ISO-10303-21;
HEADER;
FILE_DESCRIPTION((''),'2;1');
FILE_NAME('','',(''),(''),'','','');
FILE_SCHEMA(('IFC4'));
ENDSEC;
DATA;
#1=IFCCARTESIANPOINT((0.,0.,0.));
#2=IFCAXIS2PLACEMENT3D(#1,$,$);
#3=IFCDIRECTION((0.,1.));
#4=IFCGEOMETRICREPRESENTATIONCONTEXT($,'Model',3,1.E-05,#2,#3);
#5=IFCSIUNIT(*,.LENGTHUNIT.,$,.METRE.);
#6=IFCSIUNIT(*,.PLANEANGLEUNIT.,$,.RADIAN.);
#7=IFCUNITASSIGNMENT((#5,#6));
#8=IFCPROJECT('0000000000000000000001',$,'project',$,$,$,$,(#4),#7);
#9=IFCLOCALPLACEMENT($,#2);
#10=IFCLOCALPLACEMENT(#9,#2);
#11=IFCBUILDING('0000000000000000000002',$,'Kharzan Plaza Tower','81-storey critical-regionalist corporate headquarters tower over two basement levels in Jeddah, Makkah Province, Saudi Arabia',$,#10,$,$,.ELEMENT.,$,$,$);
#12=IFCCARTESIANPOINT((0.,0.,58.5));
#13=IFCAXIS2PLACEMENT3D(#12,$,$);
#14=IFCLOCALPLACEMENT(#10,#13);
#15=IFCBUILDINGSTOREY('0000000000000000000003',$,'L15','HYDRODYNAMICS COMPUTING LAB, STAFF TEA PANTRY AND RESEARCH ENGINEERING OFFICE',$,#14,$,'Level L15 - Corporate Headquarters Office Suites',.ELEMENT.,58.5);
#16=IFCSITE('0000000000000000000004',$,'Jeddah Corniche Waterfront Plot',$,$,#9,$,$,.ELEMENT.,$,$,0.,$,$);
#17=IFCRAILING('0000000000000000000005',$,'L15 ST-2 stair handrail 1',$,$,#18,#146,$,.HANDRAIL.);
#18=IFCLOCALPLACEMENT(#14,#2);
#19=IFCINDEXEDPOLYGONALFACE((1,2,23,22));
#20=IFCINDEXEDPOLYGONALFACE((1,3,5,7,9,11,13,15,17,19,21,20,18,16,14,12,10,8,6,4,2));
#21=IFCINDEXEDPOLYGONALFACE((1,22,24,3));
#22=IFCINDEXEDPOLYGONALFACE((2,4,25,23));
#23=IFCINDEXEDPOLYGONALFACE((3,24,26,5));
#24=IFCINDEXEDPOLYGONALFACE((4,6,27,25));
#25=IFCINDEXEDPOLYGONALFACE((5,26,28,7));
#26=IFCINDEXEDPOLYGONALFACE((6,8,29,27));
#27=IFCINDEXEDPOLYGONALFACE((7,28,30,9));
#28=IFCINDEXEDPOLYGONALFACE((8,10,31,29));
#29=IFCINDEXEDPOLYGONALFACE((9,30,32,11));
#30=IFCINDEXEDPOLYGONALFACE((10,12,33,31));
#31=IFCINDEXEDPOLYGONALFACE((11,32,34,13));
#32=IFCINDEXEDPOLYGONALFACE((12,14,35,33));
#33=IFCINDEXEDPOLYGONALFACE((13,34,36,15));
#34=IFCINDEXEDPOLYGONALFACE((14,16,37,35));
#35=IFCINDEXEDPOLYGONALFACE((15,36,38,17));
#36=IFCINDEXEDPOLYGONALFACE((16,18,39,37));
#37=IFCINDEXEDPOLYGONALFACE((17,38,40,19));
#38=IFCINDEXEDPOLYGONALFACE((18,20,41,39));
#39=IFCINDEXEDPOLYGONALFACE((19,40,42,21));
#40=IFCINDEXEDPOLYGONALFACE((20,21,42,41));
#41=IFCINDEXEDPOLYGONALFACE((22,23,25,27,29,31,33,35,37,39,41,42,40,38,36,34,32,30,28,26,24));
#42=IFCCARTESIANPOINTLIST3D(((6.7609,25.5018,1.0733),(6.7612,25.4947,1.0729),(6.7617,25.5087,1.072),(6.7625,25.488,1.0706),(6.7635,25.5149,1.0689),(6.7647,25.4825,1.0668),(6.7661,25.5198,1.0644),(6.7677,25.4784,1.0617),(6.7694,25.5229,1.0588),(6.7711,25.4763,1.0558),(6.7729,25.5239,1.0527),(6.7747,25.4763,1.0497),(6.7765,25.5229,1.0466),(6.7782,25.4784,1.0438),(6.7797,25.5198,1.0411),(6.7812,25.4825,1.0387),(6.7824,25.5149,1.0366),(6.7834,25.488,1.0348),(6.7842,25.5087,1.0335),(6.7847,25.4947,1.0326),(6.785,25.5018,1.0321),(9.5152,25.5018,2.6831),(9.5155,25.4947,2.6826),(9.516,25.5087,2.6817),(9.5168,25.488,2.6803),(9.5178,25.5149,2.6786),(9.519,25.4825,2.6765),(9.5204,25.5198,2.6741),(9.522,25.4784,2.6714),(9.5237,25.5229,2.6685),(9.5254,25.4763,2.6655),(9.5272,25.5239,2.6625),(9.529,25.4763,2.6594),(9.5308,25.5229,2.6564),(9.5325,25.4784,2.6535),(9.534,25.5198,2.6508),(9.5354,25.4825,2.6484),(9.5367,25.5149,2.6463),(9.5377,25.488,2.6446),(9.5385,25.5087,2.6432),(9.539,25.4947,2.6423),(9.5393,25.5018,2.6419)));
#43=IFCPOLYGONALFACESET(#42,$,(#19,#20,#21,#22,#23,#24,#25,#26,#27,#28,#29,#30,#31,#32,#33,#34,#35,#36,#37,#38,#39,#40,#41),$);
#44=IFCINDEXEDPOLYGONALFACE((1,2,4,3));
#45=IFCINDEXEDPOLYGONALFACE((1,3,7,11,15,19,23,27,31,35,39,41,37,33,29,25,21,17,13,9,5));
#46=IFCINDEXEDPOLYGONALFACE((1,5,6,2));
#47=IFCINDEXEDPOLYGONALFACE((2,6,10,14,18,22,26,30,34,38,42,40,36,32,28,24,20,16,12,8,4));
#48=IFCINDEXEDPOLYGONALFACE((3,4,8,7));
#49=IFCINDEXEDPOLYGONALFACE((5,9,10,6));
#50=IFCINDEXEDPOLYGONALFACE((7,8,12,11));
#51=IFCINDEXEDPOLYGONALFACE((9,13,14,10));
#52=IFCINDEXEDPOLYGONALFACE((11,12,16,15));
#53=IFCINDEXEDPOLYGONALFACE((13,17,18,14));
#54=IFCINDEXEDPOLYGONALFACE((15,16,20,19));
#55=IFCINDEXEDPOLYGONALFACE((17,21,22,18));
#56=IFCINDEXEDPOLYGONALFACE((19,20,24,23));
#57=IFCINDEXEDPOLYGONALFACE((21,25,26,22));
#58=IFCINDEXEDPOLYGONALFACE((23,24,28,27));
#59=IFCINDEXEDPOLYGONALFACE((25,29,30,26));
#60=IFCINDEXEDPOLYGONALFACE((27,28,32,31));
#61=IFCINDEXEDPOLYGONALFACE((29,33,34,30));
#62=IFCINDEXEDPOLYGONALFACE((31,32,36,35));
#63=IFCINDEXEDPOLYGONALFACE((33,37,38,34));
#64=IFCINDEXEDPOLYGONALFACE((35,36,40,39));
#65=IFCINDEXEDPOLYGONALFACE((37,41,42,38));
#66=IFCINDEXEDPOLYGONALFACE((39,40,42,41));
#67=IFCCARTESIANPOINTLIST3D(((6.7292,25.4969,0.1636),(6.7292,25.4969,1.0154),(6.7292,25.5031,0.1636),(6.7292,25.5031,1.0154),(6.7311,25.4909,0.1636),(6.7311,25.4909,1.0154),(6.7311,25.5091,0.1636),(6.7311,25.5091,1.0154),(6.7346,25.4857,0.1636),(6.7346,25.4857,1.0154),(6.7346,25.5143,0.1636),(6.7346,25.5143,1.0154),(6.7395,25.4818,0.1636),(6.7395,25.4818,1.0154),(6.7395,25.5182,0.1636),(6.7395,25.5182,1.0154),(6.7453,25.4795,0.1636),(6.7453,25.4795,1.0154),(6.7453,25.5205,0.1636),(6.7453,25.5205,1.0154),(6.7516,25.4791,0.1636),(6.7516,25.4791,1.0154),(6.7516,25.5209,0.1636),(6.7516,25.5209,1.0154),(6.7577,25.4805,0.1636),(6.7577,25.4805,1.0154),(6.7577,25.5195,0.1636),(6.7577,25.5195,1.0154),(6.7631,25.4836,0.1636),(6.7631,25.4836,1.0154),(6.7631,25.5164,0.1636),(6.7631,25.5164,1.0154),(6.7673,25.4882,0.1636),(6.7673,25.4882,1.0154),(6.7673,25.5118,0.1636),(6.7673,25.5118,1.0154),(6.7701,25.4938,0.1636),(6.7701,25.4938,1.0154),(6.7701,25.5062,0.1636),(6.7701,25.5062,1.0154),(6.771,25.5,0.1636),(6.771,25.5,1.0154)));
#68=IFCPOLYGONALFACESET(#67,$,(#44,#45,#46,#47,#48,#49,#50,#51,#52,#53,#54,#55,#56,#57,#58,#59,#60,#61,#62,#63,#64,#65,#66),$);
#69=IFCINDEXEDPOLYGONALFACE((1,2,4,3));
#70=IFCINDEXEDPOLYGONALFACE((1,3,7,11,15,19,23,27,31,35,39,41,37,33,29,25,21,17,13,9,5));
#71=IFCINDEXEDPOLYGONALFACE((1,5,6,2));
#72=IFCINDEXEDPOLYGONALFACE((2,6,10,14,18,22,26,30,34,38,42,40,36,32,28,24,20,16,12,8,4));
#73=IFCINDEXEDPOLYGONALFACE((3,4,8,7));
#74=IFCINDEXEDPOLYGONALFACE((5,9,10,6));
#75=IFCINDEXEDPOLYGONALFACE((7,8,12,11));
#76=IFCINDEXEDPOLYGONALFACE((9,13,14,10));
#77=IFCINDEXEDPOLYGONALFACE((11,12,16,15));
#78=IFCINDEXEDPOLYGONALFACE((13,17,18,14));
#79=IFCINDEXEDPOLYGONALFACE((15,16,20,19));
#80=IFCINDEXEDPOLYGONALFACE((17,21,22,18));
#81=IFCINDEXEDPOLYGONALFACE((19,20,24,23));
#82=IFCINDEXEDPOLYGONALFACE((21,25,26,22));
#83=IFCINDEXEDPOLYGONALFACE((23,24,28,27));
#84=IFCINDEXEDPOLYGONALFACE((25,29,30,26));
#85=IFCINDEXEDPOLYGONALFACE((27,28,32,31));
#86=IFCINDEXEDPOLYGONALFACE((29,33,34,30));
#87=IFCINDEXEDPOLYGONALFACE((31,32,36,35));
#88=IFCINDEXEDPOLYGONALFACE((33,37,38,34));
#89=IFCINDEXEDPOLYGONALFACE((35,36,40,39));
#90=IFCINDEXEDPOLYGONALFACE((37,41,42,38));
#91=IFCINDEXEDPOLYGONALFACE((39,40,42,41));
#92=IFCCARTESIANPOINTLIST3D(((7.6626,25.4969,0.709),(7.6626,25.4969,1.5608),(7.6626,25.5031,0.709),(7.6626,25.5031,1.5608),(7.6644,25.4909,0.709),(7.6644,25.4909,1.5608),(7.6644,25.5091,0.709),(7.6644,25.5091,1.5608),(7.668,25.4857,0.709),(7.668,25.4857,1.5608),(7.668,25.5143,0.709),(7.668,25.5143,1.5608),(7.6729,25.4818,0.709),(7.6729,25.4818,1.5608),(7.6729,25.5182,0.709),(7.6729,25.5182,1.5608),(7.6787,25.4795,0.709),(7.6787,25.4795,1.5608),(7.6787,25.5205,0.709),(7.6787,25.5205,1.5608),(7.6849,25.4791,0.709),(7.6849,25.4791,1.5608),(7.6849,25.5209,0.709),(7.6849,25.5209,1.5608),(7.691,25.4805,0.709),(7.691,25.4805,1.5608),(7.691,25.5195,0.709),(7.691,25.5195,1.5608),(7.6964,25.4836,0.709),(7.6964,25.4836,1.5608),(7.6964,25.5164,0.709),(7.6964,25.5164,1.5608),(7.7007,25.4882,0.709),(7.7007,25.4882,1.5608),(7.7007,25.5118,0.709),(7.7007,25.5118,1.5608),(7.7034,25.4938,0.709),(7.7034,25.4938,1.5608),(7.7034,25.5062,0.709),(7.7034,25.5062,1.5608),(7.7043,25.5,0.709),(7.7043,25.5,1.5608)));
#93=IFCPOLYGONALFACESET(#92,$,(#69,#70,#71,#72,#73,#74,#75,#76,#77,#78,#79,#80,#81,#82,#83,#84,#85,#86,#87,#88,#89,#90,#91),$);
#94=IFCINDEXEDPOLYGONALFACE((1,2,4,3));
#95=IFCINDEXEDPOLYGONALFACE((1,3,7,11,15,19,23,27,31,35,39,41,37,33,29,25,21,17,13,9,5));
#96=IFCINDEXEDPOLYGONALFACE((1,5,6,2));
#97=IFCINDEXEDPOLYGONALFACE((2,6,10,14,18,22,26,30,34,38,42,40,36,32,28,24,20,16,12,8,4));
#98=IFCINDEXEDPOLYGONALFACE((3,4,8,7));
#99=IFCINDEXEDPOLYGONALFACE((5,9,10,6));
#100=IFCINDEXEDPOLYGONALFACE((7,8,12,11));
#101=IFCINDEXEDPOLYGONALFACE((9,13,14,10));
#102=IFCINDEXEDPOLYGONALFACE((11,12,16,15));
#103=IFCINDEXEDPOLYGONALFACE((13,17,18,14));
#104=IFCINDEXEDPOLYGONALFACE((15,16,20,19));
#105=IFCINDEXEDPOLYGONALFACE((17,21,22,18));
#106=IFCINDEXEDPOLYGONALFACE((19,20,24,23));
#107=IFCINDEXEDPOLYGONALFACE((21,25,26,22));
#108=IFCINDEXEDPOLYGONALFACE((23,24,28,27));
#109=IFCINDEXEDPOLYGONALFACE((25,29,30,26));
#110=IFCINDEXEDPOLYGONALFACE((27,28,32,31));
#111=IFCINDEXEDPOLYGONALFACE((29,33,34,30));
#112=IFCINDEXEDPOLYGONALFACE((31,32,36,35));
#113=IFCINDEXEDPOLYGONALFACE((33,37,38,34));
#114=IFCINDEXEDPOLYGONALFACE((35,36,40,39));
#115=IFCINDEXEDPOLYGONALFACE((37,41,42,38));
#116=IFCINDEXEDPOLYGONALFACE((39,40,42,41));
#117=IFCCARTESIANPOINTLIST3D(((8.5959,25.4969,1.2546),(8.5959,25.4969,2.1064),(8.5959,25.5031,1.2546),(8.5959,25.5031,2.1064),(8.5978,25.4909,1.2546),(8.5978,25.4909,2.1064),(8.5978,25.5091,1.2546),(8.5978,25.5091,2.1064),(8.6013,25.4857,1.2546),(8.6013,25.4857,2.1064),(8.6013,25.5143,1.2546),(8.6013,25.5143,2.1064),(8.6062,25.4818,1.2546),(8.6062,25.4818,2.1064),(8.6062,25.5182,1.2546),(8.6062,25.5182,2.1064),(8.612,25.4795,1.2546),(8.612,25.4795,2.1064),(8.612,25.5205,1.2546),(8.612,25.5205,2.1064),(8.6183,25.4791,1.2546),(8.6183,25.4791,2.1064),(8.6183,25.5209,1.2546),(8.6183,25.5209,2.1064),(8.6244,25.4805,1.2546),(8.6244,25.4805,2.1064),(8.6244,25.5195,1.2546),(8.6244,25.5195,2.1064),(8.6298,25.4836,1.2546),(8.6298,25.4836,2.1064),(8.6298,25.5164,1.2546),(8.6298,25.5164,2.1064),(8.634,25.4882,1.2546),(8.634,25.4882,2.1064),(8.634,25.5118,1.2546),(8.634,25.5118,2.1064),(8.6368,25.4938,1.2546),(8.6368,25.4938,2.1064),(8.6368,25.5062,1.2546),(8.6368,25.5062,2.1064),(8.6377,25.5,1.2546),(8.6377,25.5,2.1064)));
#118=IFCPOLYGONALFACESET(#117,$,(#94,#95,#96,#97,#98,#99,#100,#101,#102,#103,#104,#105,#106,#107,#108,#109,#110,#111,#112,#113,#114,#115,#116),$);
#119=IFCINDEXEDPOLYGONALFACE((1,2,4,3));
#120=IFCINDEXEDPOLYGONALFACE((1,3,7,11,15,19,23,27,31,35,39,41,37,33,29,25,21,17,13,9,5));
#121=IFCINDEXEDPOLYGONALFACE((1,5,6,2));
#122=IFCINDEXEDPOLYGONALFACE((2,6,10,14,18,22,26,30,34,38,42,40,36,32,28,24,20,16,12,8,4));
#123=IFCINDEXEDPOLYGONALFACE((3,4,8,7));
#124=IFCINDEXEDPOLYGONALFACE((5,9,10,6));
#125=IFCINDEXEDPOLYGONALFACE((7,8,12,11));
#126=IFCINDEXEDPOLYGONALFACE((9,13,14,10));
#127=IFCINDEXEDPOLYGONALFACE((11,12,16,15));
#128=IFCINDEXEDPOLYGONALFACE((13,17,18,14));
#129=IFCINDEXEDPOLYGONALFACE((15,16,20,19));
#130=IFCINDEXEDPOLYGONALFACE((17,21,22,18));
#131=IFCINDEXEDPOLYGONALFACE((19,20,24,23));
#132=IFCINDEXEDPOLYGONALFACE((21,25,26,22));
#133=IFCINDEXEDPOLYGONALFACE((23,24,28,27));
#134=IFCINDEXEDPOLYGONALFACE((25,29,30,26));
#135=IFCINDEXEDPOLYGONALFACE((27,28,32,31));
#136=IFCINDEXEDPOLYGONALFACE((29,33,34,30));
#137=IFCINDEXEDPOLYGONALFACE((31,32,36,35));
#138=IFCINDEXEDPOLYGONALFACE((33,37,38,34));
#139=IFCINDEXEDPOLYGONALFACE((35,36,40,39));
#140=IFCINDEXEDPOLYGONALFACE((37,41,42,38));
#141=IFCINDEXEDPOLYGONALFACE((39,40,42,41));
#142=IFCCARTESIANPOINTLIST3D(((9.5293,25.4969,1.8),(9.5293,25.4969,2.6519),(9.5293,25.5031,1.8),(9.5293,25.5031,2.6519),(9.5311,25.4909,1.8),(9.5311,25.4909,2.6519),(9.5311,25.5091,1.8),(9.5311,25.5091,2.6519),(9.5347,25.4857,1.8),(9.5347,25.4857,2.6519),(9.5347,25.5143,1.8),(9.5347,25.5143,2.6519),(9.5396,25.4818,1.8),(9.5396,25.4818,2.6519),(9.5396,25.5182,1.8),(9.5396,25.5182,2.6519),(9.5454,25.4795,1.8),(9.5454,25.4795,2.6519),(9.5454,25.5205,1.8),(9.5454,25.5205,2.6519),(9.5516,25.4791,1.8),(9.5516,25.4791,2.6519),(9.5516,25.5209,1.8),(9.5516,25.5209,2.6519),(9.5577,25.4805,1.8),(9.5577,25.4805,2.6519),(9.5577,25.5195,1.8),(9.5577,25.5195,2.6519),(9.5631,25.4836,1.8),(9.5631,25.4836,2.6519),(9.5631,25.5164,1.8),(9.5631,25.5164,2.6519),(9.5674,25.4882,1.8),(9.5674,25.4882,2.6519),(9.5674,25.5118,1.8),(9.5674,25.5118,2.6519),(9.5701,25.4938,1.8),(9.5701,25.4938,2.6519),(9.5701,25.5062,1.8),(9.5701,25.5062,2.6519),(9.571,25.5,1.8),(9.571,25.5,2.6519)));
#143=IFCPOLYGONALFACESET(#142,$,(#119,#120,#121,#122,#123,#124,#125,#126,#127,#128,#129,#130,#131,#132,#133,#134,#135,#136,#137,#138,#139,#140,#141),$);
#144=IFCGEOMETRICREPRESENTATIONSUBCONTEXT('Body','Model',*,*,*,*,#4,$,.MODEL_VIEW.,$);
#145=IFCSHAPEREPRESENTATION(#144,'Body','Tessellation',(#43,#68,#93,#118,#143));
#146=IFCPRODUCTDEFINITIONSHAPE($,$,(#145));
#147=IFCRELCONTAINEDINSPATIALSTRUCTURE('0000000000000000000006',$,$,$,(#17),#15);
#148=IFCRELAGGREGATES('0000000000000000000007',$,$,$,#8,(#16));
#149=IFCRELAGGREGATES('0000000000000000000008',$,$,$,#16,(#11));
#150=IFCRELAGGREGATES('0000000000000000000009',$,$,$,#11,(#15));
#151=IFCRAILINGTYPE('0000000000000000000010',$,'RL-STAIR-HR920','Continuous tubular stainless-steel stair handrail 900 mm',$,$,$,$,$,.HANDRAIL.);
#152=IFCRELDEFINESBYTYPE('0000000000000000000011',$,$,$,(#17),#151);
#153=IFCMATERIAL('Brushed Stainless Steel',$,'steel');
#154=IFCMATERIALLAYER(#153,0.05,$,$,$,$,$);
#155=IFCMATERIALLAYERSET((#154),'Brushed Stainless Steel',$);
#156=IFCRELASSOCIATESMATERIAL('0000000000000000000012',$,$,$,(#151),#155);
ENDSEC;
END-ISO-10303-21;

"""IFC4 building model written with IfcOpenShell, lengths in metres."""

from ifc_helpers import new_model, si_unit, direction, frame, origin, origin_2d, place, context, subcontext, project, spatial, circle, extrude, source, transform, mapped, material, layer, layer_set, type_object, element, save


model = new_model("IFC4")

# Units and contexts
model_context = context("Model", 3, precision=1e-05, world=origin(), true_north=direction((0.0, 1.0)))
body_context = subcontext(model_context, "Body", "Model", "MODEL_VIEW")
ifc_project = project(units=[si_unit("LENGTHUNIT", "METRE"), si_unit("PLANEANGLEUNIT", "RADIAN")], contexts=[model_context])

# Site, building, storey
site_placement = place(None, origin())
site = spatial("IfcSite", under=ifc_project, at=site_placement, Name="Jeddah Corniche Waterfront Plot", CompositionType="ELEMENT", RefElevation=0.0)
building_placement = place(site_placement, origin())
building = spatial("IfcBuilding", under=site, at=building_placement, Name="Kharzan Plaza Tower", Description="81-storey critical-regionalist corporate headquarters tower over two basement levels in Jeddah, Makkah Province, Saudi Arabia", CompositionType="ELEMENT")
storey_placement = place(building_placement, frame((0.0, 0.0, 58.5)))
storey = spatial("IfcBuildingStorey", under=building, at=storey_placement, Name="L15", Description="HYDRODYNAMICS COMPUTING LAB, STAFF TEA PANTRY AND RESEARCH ENGINEERING OFFICE", LongName="Level L15 - Corporate Headquarters Office Suites", CompositionType="ELEMENT", Elevation=58.5)

# Railing
ifc_material_1 = material(Name="Brushed Stainless Steel", Category="steel")
ifc_layer_1 = layer(ifc_material_1, 0.05)
ifc_layer_set_1 = layer_set([ifc_layer_1], Name="Brushed Stainless Steel")
railing_type_1 = type_object("IfcRailingType", Name="RL-STAIR-HR920", Description="Continuous tubular stainless-steel stair handrail 900 mm", PredefinedType="HANDRAIL", material=ifc_layer_set_1)
shared_shape_1 = source(origin(), body_context, "Body", "SweptSolid", [
    extrude(circle(Radius=0.0239, at=origin_2d()), frame((0.0229, 0.0, 0.8892), z_axis=(0.863361, 0.0, 0.504587), x_axis=(0.0, 1.0, 0.0)), (0.0, 0.0, 1.0), 3.1902),
    extrude(circle(Radius=0.021, at=origin_2d()), origin(), (0.0, 0.0, 1.0), 0.8518),
    extrude(circle(Radius=0.021, at=origin_2d()), frame((0.9333, 0.0, 0.5454)), (0.0, 0.0, 1.0), 0.8518),
    extrude(circle(Radius=0.021, at=origin_2d()), frame((1.8667, 0.0, 1.0911)), (0.0, 0.0, 1.0), 0.8518),
    extrude(circle(Radius=0.021, at=origin_2d()), frame((2.8, 0.0, 1.6365)), (0.0, 0.0, 1.0), 0.8518),
])
railing_1_placement = place(storey_placement, frame((6.75, 25.5, 0.1636)))
element("IfcRailing", 1, at=railing_1_placement, inside=storey, type_object=railing_type_1, Name="L15 ST-2 stair handrail 1", PredefinedType="HANDRAIL", context=body_context, shape_type="MappedRepresentation", body=[
    mapped(shared_shape_1, transform((0.0, 0.0, 0.0), x_axis=(1.0, 0.0, 0.0), y_axis=(0.0, 1.0, 0.0), z_axis=(0.0, 0.0, 1.0))),
])

save(model, "model.ifc")
